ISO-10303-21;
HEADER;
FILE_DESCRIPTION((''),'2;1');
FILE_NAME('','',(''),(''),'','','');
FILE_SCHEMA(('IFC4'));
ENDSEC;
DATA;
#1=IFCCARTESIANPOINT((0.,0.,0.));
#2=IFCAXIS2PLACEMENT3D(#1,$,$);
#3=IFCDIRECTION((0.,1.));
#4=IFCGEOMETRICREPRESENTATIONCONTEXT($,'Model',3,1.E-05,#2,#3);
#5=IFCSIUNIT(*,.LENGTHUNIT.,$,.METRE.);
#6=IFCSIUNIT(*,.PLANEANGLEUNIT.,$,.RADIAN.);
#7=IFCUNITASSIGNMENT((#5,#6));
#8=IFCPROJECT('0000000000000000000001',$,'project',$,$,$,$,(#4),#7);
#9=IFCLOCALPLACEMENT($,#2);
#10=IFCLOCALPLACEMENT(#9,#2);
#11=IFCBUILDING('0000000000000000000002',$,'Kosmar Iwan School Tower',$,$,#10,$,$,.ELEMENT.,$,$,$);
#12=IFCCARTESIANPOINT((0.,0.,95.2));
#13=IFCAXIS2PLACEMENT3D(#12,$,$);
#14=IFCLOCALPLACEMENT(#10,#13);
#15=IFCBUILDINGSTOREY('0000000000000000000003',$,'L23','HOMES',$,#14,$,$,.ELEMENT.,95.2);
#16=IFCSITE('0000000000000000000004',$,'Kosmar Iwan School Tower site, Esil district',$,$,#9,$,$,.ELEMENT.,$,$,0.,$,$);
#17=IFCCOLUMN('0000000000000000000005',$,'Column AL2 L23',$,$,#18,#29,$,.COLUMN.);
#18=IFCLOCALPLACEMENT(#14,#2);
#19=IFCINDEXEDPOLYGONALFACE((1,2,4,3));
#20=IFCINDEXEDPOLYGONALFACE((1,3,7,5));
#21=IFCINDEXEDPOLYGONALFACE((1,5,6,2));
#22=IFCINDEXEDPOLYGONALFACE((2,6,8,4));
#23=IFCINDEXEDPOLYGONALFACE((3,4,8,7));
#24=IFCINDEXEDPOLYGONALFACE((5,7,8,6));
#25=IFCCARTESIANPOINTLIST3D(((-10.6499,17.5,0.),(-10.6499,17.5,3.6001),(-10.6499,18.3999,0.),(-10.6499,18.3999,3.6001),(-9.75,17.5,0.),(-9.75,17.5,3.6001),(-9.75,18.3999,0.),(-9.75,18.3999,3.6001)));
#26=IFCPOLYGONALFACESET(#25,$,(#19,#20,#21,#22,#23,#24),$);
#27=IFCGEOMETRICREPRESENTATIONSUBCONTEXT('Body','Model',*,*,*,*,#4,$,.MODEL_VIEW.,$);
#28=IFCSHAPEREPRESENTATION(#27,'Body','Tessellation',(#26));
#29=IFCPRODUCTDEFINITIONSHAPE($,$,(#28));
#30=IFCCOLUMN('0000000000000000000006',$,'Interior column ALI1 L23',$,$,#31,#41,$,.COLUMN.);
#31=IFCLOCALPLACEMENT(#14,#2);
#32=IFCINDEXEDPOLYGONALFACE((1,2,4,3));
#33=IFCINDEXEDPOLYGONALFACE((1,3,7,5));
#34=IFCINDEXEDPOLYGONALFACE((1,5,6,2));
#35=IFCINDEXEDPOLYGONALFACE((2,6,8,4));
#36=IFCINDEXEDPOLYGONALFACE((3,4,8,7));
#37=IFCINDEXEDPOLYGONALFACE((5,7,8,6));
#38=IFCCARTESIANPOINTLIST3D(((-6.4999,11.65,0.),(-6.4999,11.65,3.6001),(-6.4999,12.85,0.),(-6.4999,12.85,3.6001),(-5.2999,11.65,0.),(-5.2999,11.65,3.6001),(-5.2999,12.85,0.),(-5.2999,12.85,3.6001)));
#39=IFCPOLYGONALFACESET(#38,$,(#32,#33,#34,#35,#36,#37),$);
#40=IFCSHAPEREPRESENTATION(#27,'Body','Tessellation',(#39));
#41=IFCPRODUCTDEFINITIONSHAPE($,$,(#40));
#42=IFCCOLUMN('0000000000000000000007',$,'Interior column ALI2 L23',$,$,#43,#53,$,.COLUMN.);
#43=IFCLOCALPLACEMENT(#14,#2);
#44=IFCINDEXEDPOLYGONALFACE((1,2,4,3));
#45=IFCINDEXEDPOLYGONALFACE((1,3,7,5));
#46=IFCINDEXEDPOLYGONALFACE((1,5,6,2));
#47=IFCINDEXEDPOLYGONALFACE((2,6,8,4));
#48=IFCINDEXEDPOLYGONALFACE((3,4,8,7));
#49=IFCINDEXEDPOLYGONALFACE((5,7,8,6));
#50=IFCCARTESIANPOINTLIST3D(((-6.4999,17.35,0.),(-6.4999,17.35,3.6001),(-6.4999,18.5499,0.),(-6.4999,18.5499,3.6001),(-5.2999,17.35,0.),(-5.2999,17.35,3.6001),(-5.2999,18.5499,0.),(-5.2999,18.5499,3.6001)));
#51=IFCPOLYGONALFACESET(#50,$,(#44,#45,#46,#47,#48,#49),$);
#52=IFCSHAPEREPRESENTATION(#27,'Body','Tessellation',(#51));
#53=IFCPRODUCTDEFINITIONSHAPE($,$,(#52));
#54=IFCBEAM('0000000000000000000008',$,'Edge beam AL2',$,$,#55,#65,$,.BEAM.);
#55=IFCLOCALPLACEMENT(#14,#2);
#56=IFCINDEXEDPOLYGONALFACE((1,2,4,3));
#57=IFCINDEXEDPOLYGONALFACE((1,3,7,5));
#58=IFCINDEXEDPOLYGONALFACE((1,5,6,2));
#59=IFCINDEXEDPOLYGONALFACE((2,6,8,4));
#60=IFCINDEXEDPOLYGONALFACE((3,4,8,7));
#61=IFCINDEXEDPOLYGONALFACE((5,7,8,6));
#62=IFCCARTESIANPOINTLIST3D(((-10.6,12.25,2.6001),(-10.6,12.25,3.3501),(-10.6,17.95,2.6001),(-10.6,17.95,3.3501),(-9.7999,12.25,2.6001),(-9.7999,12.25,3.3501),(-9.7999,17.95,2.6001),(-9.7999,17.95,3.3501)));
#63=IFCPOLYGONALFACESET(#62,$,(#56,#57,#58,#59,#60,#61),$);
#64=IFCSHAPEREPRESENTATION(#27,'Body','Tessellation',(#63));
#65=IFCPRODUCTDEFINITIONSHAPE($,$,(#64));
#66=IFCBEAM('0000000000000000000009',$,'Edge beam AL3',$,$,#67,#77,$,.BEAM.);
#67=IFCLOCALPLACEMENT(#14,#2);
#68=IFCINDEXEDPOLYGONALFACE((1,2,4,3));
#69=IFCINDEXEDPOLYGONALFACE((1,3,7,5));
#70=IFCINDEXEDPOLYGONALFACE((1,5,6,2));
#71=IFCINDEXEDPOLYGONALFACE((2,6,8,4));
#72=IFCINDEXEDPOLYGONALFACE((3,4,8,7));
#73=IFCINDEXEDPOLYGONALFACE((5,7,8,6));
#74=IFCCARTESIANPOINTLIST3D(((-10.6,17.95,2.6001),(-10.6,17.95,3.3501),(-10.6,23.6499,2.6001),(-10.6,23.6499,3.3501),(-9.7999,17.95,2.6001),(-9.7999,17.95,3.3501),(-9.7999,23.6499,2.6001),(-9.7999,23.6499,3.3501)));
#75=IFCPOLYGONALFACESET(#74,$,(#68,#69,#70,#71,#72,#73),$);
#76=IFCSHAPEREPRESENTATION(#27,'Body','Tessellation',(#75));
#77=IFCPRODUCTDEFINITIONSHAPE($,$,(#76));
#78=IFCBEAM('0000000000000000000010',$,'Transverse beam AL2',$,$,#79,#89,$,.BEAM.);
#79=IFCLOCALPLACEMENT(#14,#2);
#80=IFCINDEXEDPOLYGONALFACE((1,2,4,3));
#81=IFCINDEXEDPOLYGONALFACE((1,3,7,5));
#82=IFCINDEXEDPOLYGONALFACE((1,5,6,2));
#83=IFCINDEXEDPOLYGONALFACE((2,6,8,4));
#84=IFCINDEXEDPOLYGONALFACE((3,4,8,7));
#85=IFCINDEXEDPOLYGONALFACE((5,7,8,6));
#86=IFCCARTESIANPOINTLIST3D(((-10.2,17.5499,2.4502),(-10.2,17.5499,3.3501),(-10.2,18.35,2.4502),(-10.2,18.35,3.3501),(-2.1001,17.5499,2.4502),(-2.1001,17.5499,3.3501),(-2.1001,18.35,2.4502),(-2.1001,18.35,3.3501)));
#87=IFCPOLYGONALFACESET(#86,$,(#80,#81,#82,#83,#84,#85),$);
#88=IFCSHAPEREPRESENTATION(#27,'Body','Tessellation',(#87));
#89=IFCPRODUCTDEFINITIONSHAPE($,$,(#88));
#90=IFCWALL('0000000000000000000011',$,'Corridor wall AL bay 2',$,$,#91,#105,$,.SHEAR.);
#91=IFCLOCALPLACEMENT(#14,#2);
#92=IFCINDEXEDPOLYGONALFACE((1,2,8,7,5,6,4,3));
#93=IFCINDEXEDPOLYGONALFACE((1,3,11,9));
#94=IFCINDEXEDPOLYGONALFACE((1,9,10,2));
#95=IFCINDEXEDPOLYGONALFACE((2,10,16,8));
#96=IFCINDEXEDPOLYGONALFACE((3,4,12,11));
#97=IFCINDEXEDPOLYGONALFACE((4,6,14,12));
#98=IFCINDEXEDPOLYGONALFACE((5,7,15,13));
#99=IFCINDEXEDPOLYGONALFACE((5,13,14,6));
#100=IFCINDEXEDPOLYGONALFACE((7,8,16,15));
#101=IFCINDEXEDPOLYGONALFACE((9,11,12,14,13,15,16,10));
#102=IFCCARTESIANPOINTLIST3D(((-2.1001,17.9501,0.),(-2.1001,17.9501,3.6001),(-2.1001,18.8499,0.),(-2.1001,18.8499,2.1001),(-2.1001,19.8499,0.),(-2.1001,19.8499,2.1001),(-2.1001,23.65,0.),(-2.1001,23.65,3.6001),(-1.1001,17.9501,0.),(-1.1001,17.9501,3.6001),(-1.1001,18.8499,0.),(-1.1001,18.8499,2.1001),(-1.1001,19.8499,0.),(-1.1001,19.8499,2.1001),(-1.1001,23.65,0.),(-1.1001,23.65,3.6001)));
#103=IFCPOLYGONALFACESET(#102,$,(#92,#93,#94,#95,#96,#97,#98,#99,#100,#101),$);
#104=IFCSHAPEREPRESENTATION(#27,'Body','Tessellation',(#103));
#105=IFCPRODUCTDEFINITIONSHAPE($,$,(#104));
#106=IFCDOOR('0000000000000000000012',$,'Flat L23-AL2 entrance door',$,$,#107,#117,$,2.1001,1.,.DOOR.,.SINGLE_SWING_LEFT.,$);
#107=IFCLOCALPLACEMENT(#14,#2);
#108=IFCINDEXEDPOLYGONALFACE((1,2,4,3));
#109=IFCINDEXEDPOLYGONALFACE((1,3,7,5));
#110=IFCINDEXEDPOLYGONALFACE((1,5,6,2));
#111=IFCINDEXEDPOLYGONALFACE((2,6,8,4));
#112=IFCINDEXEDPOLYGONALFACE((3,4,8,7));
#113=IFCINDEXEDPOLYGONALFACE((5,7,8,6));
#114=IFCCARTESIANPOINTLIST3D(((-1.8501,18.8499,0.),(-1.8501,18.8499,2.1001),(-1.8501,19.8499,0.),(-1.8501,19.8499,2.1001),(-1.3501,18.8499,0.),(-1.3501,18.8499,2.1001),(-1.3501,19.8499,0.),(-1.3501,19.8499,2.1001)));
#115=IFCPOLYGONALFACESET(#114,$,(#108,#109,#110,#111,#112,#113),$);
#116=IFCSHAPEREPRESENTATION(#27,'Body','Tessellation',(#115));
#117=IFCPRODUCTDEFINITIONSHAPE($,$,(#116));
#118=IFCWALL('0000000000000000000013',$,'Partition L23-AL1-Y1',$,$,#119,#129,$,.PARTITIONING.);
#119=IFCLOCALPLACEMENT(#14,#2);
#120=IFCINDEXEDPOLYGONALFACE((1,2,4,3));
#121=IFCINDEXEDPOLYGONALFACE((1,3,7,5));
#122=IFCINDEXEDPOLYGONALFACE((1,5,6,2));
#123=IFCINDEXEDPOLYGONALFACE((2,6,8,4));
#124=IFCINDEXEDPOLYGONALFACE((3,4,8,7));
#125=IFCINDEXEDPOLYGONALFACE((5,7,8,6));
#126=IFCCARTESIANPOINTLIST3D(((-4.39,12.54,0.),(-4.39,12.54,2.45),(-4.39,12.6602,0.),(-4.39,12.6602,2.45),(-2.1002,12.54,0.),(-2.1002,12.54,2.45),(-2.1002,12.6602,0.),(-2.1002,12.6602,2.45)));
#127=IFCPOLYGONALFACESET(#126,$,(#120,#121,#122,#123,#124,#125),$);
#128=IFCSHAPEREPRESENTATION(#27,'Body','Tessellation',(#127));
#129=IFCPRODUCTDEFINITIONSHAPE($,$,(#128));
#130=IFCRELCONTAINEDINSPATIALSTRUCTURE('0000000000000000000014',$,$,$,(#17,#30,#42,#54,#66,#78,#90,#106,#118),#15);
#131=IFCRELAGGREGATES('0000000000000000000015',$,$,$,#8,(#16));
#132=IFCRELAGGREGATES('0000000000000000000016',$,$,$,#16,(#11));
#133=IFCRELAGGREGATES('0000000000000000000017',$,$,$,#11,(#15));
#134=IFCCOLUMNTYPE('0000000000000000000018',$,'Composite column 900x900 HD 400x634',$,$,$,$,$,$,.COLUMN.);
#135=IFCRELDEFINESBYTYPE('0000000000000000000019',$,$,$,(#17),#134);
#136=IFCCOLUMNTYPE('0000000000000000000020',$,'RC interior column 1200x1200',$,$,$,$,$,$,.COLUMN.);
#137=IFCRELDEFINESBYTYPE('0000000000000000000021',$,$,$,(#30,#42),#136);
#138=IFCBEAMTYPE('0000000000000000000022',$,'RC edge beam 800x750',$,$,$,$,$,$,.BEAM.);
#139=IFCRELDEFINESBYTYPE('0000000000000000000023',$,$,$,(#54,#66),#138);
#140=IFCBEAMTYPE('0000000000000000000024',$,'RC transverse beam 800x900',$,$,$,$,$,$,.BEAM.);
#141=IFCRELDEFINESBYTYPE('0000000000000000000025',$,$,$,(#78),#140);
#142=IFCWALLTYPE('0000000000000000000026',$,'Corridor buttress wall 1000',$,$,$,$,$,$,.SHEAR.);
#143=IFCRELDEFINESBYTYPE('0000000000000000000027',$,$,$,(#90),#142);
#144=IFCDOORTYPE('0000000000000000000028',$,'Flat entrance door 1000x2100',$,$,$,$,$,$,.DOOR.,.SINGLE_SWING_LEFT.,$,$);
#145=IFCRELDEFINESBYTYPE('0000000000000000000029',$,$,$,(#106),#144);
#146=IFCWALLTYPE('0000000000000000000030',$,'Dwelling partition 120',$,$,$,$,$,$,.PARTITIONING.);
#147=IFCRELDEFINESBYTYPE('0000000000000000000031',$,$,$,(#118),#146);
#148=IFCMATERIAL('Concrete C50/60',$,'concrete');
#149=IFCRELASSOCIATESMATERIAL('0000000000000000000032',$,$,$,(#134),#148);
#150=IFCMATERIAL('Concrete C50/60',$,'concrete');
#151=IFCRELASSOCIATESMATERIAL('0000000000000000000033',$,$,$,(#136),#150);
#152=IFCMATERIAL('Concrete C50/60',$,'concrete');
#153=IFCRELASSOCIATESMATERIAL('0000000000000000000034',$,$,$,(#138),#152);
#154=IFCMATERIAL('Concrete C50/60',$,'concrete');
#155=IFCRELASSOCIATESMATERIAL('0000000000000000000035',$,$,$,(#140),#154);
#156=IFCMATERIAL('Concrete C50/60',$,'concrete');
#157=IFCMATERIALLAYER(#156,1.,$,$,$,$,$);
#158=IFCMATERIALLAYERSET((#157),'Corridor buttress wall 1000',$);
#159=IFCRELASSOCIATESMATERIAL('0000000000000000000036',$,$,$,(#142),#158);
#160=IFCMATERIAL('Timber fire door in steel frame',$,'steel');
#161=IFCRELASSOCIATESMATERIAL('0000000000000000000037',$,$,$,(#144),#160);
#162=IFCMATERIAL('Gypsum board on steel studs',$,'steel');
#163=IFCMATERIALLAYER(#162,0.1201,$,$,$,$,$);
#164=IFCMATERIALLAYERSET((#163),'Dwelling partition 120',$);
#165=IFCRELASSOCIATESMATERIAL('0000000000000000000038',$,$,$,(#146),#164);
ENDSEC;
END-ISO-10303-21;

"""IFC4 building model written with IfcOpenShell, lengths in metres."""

from ifc_helpers import new_model, si_unit, direction, frame, frame_2d, origin, origin_2d, place, context, subcontext, project, spatial, rectangle, extrude, material, layer, layer_set, material_profile, profile_set, type_object, element, fill, save


model = new_model("IFC4")

# Units and contexts
model_context = context("Model", 3, precision=1e-05, world=origin(), true_north=direction((0.0, 1.0)))
body_context = subcontext(model_context, "Body", "Model", "MODEL_VIEW")
ifc_project = project(units=[si_unit("LENGTHUNIT", "METRE"), si_unit("PLANEANGLEUNIT", "RADIAN")], contexts=[model_context])

# Site, building, storey
site_placement = place(None, origin())
site = spatial("IfcSite", under=ifc_project, at=site_placement, Name="Kosmar Iwan School Tower site, Esil district", CompositionType="ELEMENT", RefElevation=0.0)
building_placement = place(site_placement, origin())
building = spatial("IfcBuilding", under=site, at=building_placement, Name="Kosmar Iwan School Tower", CompositionType="ELEMENT")
storey_placement = place(building_placement, frame((0.0, 0.0, 95.2)))
storey = spatial("IfcBuildingStorey", under=building, at=storey_placement, Name="L23", Description="HOMES", CompositionType="ELEMENT", Elevation=95.2)

# Columns
ifc_material_1 = material(Name="Concrete C50/60", Category="concrete")
ifc_material_profile_1 = material_profile(ifc_material_1, rectangle(XDim=0.8999, YDim=0.8999, at=origin_2d()), Name="RC 900x900 + HD 400x634")
ifc_profile_set_1 = profile_set([ifc_material_profile_1], Name="Concrete C50/60")
column_type_1 = type_object("IfcColumnType", Name="Composite column 900x900 HD 400x634", PredefinedType="COLUMN", material=ifc_profile_set_1)
column_placement = place(storey_placement, frame((-10.2, 17.95, 0.0), z_axis=(0.0, 0.0, 1.0), x_axis=(0.0, 1.0, 0.0)))
element("IfcColumn", 1, at=column_placement, inside=storey, type_object=column_type_1, Name="Column AL2 L23", PredefinedType="COLUMN", context=body_context, shape_type="SweptSolid", body=[
    extrude(rectangle(XDim=0.8999, YDim=0.8999, at=origin_2d()), origin(), (0.0, 0.0, 1.0), 3.6001),
])
ifc_material_2 = material(Name="Concrete C50/60", Category="concrete")
ifc_material_profile_2 = material_profile(ifc_material_2, rectangle(XDim=1.2, YDim=1.2, at=origin_2d()), Name="RC 1200x1200")
ifc_profile_set_2 = profile_set([ifc_material_profile_2], Name="Concrete C50/60")
column_type_2 = type_object("IfcColumnType", Name="RC interior column 1200x1200", PredefinedType="COLUMN", material=ifc_profile_set_2)
for number, where, z_axis, x_axis, name in (
    (2, (-5.8999, 12.25, 0.0), (0.0, 0.0, 1.0), (0.0, 1.0, 0.0), "Interior column ALI1 L23"),
    (3, (-5.8999, 17.95, 0.0), (0.0, 0.0, 1.0), (0.0, 1.0, 0.0), "Interior column ALI2 L23"),
):
    element("IfcColumn", number, at=place(storey_placement, frame(where, z_axis=z_axis, x_axis=x_axis)), inside=storey, type_object=column_type_2, Name=name, PredefinedType="COLUMN", context=body_context, shape_type="SweptSolid", body=[
        extrude(rectangle(XDim=1.2, YDim=1.2, at=origin_2d()), origin(), (0.0, 0.0, 1.0), 3.6001),
    ])

# Beams
ifc_material_3 = material(Name="Concrete C50/60", Category="concrete")
ifc_material_profile_3 = material_profile(ifc_material_3, rectangle(XDim=0.8, YDim=0.75, at=origin_2d()), Name="RC 800x750")
ifc_profile_set_3 = profile_set([ifc_material_profile_3], Name="Concrete C50/60")
beam_type_1 = type_object("IfcBeamType", Name="RC edge beam 800x750", PredefinedType="BEAM", material=ifc_profile_set_3)
for number, where, z_axis, x_axis, name in (
    (4, (-10.2, 12.25, 2.9751), (0.0, 1.0, 0.0), (-1.0, 0.0, 0.0), "Edge beam AL2"),
    (5, (-10.2, 17.95, 2.9751), (0.0, 1.0, 0.0), (-1.0, 0.0, 0.0), "Edge beam AL3"),
):
    element("IfcBeam", number, at=place(storey_placement, frame(where, z_axis=z_axis, x_axis=x_axis)), inside=storey, type_object=beam_type_1, Name=name, PredefinedType="BEAM", context=body_context, shape_type="SweptSolid", body=[
        extrude(rectangle(XDim=0.8, YDim=0.75, at=origin_2d()), origin(), (0.0, 0.0, 1.0), 5.7),
    ])
ifc_material_4 = material(Name="Concrete C50/60", Category="concrete")
ifc_material_profile_4 = material_profile(ifc_material_4, rectangle(XDim=0.8, YDim=0.8999, at=origin_2d()), Name="RC 800x900")
ifc_profile_set_4 = profile_set([ifc_material_profile_4], Name="Concrete C50/60")
beam_type_2 = type_object("IfcBeamType", Name="RC transverse beam 800x900", PredefinedType="BEAM", material=ifc_profile_set_4)
beam_placement = place(storey_placement, frame((-10.2, 17.95, 2.9001), z_axis=(1.0, 0.0, 0.0), x_axis=(0.0, 1.0, 0.0)))
element("IfcBeam", 6, at=beam_placement, inside=storey, type_object=beam_type_2, Name="Transverse beam AL2", PredefinedType="BEAM", context=body_context, shape_type="SweptSolid", body=[
    extrude(rectangle(XDim=0.8, YDim=0.8999, at=origin_2d()), origin(), (0.0, 0.0, 1.0), 8.0999),
])

# Wall, opening, door
ifc_material_5 = material(Name="Concrete C50/60", Category="concrete")
ifc_layer_1 = layer(ifc_material_5, 1.0)
ifc_layer_set_1 = layer_set([ifc_layer_1], Name="Corridor buttress wall 1000")
wall_type_1 = type_object("IfcWallType", Name="Corridor buttress wall 1000", PredefinedType="SHEAR", material=ifc_layer_set_1)
wall_1_placement = place(storey_placement, frame((-1.6001, 17.95, 0.0), z_axis=(0.0, 0.0, 1.0), x_axis=(0.0, 1.0, 0.0)))
wall_1 = element("IfcWall", 7, at=wall_1_placement, inside=storey, type_object=wall_type_1, Name="Corridor wall AL bay 2", PredefinedType="SHEAR", context=body_context, shape_type="SweptSolid", body=[
    extrude(rectangle(XDim=5.7, YDim=1.0, at=frame_2d((2.8501, 0.0))), origin(), (0.0, 0.0, 1.0), 3.6001),
])
opening_1_placement = place(wall_1_placement, frame((0.8999, 0.0, 0.0)))
opening_1 = element("IfcOpeningElement", 8, at=opening_1_placement, cuts=wall_1, PredefinedType="OPENING", context=body_context, shape_type="SweptSolid", body=[
    extrude(rectangle(XDim=1.0, YDim=2.1001, at=frame_2d((0.5, 1.05))), frame((0.0, 0.512, 0.0), z_axis=(0.0, -1.0, 0.0), x_axis=(1.0, 0.0, 0.0)), (0.0, 0.0, 1.0), 1.0239),
])
ifc_material_6 = material(Name="Timber fire door in steel frame", Category="steel")
door_type_1 = type_object("IfcDoorType", Name="Flat entrance door 1000x2100", OperationType="SINGLE_SWING_LEFT", PredefinedType="DOOR", material=ifc_material_6)
door_1_placement = place(opening_1_placement, origin())
door_1 = element("IfcDoor", 9, at=door_1_placement, inside=storey, type_object=door_type_1, Name="Flat L23-AL2 entrance door", OperationType="SINGLE_SWING_LEFT", OverallHeight=2.1001, OverallWidth=1.0, PredefinedType="DOOR", context=body_context, shape_type="SweptSolid", body=[
    extrude(rectangle(XDim=1.0, YDim=2.1001, at=frame_2d((0.5, 1.05))), frame((0.0, 0.25, 0.0), z_axis=(0.0, -1.0, 0.0), x_axis=(1.0, 0.0, 0.0)), (0.0, 0.0, 1.0), 0.5),
])
fill(opening_1, door_1)

# Wall
ifc_material_7 = material(Name="Gypsum board on steel studs", Category="steel")
ifc_layer_2 = layer(ifc_material_7, 0.1201)
ifc_layer_set_2 = layer_set([ifc_layer_2], Name="Dwelling partition 120")
wall_type_2 = type_object("IfcWallType", Name="Dwelling partition 120", PredefinedType="PARTITIONING", material=ifc_layer_set_2)
wall_2_placement = place(storey_placement, frame((-2.1001, 12.6001, 0.0), z_axis=(0.0, 0.0, 1.0), x_axis=(-1.0, 0.0, 0.0)))
element("IfcWall", 10, at=wall_2_placement, inside=storey, type_object=wall_type_2, Name="Partition L23-AL1-Y1", PredefinedType="PARTITIONING", context=body_context, shape_type="SweptSolid", body=[
    extrude(rectangle(XDim=2.2898, YDim=0.1201, at=frame_2d((1.145, 0.0))), origin(), (0.0, 0.0, 1.0), 2.45),
])

save(model, "model.ifc")
